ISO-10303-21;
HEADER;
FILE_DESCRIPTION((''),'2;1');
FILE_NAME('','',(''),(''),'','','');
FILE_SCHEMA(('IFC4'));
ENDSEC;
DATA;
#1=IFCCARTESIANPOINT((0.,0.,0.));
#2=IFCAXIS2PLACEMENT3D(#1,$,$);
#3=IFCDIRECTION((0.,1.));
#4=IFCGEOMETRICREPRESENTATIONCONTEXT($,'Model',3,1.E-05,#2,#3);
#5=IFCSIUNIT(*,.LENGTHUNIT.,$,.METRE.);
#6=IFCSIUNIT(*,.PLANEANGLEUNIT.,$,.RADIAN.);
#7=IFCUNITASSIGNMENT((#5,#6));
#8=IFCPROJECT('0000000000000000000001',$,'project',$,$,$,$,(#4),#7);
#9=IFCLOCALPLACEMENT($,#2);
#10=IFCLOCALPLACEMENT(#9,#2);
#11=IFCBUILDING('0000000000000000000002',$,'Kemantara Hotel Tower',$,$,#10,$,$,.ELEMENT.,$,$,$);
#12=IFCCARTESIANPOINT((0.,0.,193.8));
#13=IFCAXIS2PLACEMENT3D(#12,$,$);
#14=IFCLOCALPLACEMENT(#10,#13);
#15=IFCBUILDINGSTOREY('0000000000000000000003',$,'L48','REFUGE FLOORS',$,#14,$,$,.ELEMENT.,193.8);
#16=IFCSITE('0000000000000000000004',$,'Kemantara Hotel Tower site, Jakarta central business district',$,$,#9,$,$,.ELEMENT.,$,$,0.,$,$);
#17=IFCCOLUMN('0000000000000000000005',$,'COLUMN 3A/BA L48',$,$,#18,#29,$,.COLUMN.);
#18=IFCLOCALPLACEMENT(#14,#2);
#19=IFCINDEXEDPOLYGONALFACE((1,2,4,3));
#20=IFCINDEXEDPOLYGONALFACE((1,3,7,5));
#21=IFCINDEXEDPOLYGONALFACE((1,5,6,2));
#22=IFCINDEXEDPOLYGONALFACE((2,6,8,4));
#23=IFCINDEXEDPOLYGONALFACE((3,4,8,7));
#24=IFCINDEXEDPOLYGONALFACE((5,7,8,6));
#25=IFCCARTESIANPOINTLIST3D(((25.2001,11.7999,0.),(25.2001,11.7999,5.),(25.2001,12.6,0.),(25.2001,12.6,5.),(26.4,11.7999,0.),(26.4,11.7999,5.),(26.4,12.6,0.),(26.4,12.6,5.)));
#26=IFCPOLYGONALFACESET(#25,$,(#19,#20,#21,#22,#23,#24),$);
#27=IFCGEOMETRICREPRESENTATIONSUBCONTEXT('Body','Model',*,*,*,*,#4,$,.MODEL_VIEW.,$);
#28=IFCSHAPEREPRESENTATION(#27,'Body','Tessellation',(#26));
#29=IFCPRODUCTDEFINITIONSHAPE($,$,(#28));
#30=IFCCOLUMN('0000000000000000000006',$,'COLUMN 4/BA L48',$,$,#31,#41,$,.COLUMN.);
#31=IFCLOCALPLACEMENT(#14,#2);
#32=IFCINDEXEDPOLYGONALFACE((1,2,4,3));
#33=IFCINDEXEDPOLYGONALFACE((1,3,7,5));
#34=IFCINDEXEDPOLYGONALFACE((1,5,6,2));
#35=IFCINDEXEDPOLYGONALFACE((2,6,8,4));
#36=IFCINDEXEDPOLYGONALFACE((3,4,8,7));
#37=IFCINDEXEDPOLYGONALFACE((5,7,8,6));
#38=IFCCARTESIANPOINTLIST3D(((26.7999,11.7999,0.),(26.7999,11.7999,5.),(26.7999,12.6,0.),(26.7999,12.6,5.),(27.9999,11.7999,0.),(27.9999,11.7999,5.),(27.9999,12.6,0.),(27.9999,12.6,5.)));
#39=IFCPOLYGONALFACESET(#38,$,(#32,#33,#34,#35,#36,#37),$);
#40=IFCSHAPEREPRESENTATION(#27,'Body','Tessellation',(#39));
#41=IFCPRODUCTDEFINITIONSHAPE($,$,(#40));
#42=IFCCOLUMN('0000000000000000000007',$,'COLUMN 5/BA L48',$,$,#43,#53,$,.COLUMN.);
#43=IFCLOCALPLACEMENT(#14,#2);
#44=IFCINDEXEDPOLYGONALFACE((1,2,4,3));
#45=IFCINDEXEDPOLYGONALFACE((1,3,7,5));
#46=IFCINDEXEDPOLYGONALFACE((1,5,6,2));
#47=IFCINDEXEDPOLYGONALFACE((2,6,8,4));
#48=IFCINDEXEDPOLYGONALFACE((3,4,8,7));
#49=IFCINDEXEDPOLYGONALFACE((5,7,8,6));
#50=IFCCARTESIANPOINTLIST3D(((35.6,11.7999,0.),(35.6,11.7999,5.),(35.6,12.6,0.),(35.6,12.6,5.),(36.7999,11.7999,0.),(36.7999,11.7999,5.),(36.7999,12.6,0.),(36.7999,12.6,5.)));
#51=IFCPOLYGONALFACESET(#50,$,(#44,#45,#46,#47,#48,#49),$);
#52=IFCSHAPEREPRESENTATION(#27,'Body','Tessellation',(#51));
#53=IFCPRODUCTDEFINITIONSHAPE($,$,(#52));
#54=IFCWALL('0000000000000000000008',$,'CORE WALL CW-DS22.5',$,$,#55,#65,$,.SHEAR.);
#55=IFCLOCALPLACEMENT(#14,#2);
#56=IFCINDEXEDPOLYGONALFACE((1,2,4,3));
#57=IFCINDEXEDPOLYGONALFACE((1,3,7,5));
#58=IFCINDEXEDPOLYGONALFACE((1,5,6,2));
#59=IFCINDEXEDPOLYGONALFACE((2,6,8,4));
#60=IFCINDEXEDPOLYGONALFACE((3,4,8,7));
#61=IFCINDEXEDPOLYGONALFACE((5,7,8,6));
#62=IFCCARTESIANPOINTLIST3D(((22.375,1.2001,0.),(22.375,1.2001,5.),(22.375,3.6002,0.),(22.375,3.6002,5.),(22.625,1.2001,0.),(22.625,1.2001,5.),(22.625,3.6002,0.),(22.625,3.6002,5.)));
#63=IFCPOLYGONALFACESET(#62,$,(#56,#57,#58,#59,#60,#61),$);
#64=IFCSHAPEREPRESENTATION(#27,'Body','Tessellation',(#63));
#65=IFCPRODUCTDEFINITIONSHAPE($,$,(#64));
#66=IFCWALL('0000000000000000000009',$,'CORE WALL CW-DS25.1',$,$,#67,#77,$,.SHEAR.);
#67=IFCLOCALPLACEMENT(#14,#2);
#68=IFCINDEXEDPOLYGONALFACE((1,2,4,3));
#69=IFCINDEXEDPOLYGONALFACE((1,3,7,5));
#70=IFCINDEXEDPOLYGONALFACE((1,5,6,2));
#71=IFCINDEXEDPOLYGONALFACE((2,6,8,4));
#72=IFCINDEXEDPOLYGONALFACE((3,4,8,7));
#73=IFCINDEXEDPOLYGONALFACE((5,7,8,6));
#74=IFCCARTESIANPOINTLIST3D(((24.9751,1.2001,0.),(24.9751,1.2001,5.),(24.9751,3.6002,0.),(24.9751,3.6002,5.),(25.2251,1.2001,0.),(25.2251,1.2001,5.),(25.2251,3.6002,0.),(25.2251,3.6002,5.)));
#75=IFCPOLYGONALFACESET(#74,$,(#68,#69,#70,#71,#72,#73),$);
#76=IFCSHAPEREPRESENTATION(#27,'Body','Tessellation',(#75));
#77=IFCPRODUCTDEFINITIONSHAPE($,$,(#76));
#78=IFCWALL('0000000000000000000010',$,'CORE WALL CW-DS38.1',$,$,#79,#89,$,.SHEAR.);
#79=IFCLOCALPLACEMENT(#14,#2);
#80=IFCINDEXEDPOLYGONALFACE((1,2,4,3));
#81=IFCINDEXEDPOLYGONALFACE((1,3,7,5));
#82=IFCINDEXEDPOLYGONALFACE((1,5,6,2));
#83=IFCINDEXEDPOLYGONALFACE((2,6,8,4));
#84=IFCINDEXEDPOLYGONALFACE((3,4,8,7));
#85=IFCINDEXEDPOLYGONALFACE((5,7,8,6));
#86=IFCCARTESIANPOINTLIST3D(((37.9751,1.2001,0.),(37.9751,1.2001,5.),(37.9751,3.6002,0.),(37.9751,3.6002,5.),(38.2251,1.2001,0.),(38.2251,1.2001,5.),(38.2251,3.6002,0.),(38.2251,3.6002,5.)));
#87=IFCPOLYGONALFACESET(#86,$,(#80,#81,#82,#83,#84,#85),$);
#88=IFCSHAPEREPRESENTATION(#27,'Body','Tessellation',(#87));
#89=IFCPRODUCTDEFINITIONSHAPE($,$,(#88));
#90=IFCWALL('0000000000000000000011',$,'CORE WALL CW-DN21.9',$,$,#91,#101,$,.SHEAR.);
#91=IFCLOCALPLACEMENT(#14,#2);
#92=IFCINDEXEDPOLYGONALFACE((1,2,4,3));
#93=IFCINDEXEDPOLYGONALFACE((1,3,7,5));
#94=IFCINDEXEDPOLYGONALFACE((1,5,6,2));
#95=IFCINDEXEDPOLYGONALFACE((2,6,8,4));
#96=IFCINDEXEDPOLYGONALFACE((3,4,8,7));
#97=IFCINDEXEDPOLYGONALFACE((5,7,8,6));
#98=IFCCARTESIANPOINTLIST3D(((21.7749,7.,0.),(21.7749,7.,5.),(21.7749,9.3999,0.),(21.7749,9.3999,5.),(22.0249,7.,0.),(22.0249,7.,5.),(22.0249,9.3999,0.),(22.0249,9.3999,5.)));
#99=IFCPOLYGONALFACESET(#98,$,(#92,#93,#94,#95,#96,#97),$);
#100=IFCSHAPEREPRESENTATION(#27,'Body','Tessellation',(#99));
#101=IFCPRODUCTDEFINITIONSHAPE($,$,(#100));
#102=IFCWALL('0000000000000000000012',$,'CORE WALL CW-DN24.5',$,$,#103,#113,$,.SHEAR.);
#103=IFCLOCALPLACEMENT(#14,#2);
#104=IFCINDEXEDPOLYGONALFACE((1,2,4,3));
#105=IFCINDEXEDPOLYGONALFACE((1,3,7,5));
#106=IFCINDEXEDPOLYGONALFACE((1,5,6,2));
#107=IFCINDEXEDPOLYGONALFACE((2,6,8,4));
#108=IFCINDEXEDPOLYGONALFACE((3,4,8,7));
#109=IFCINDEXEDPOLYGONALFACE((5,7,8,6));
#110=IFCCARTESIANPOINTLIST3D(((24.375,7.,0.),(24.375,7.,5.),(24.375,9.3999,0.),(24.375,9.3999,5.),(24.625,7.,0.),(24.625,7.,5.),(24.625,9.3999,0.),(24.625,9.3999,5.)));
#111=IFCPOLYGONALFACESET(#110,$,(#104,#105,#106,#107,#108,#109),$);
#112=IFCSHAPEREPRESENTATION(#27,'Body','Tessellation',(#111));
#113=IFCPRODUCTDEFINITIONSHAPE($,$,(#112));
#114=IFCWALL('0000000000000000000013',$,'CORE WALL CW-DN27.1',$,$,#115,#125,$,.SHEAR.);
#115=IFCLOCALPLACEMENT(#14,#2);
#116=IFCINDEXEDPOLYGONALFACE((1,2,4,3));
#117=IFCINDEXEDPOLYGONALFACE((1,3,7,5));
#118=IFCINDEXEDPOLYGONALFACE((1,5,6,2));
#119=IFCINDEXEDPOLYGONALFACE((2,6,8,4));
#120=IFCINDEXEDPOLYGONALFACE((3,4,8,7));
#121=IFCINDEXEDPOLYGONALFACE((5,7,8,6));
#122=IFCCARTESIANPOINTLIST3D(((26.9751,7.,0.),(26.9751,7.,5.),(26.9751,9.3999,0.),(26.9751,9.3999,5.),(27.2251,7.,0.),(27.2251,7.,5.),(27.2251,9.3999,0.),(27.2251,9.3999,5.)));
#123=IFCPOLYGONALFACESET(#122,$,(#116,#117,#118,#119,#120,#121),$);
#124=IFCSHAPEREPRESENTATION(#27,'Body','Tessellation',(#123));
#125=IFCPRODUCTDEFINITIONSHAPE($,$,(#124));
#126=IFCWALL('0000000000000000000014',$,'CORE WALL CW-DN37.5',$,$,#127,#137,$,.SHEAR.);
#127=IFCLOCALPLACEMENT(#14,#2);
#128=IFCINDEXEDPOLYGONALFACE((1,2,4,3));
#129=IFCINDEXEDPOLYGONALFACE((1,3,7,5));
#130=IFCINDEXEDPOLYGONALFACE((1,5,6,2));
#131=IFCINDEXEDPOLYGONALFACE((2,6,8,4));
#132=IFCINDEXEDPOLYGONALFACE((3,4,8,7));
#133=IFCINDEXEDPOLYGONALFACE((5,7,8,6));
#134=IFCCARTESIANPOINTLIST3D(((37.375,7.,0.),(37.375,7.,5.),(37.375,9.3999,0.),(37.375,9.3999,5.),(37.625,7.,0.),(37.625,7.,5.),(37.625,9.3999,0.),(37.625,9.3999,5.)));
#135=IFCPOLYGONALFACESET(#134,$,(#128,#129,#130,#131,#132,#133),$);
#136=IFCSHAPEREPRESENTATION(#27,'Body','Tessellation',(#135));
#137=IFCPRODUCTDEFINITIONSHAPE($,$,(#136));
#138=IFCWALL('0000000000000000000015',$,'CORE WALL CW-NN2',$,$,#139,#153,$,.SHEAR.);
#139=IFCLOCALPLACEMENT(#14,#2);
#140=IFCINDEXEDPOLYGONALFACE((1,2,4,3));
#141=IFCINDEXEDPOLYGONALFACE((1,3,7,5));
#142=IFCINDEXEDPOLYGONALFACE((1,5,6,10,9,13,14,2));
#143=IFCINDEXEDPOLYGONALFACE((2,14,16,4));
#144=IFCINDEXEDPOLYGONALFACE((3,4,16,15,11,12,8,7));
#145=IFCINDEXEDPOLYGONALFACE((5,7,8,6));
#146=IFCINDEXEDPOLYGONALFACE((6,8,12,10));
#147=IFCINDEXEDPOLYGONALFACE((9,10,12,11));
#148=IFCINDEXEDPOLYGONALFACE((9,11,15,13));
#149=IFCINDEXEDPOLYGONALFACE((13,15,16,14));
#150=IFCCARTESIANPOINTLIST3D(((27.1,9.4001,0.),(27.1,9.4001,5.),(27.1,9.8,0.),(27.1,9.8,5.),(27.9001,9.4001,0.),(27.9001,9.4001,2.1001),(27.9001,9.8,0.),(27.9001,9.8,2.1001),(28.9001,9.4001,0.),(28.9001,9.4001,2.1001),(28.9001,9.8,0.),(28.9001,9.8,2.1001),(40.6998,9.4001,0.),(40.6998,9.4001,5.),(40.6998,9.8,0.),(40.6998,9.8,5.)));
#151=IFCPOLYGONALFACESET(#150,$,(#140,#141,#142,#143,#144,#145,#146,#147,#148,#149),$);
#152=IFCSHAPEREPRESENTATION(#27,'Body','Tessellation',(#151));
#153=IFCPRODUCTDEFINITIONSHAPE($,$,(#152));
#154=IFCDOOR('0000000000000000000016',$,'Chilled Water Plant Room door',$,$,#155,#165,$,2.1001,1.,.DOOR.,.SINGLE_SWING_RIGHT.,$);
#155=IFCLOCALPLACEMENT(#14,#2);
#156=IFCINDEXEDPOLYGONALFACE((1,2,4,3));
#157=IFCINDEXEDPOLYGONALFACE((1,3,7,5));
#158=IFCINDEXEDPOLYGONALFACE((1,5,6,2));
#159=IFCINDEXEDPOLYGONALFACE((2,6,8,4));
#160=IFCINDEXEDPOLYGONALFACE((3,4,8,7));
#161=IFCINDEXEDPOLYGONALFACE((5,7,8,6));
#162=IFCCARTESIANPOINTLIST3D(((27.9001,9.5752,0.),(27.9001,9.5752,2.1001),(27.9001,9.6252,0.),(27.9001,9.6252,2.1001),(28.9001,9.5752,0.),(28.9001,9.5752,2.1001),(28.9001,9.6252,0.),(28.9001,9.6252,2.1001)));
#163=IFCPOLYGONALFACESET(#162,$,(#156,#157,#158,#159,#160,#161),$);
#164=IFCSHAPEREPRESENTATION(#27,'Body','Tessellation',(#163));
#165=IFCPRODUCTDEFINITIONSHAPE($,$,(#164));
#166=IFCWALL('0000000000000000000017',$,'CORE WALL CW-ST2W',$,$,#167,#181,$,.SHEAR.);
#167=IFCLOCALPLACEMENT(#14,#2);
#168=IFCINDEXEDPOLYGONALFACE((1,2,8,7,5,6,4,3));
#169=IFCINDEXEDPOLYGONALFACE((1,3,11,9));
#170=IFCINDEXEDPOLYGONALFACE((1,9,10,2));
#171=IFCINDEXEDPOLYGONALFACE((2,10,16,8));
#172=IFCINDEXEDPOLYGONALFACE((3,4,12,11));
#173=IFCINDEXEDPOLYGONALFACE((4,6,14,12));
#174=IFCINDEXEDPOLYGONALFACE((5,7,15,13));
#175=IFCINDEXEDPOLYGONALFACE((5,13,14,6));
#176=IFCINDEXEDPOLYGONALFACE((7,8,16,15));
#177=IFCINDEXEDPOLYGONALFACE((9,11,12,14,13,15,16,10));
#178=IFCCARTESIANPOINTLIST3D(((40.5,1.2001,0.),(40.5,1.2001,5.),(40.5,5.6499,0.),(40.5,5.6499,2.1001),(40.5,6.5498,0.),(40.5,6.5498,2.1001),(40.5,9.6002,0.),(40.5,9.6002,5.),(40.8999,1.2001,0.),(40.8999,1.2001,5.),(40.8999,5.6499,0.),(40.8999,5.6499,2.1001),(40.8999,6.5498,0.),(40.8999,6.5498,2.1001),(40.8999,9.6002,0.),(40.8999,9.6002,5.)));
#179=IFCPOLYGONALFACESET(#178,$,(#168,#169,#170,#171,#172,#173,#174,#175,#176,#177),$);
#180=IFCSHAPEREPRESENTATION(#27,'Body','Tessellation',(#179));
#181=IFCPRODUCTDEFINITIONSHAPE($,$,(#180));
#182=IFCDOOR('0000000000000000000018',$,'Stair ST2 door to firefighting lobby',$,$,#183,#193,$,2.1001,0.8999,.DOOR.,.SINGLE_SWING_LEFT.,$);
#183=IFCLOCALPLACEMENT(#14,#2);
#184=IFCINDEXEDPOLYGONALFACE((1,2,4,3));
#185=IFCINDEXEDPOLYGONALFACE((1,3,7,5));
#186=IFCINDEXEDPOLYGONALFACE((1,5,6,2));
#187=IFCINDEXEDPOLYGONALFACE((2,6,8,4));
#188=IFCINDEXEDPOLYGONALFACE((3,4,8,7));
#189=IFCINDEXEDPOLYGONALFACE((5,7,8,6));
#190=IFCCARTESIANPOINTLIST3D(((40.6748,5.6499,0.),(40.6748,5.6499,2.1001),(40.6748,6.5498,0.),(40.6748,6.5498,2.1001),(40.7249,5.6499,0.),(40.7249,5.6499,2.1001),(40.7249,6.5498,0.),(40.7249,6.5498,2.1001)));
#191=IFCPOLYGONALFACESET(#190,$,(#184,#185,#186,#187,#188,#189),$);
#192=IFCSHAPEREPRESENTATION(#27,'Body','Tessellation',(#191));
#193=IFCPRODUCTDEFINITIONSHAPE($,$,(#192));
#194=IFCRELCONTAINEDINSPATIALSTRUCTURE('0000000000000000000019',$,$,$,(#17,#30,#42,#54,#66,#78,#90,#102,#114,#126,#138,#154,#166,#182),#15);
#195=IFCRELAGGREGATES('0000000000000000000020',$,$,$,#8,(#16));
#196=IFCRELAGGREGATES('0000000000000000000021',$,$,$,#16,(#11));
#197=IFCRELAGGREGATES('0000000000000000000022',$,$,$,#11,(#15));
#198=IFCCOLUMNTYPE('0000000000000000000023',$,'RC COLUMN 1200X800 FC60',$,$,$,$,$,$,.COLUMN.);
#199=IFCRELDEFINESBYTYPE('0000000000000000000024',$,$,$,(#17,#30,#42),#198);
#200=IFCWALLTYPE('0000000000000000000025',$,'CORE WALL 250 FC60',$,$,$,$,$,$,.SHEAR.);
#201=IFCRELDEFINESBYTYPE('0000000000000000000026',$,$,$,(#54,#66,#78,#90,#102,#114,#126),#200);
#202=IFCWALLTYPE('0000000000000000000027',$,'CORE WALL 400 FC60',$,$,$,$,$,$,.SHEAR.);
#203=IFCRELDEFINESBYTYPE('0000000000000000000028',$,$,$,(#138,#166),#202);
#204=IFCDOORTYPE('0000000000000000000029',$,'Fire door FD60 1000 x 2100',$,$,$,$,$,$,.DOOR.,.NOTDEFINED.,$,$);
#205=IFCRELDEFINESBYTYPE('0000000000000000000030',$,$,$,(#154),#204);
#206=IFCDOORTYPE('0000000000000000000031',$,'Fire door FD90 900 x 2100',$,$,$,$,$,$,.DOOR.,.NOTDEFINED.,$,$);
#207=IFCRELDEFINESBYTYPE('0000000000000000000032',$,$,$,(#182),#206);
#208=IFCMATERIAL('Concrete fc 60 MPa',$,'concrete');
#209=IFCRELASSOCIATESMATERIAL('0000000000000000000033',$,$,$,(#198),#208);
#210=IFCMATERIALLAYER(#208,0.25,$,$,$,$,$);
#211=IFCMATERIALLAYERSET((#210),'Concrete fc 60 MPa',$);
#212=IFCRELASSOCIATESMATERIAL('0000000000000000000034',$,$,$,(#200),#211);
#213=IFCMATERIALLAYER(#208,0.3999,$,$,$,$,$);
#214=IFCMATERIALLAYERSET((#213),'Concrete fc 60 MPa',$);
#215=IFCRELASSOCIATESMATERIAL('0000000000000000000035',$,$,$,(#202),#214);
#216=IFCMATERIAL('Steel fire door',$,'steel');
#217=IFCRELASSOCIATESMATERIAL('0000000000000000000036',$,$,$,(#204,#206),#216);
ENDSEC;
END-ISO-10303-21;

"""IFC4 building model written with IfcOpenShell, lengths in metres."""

from ifc_helpers import new_model, si_unit, direction, frame, frame_2d, origin, origin_2d, place, context, subcontext, project, spatial, rectangle, extrude, material, layer, layer_set, material_profile, profile_set, type_object, element, fill, save


model = new_model("IFC4")

# Units and contexts
model_context = context("Model", 3, precision=1e-05, world=origin(), true_north=direction((0.0, 1.0)))
body_context = subcontext(model_context, "Body", "Model", "MODEL_VIEW")
ifc_project = project(units=[si_unit("LENGTHUNIT", "METRE"), si_unit("PLANEANGLEUNIT", "RADIAN")], contexts=[model_context])

# Site, building, storey
site_placement = place(None, origin())
site = spatial("IfcSite", under=ifc_project, at=site_placement, Name="Kemantara Hotel Tower site, Jakarta central business district", CompositionType="ELEMENT", RefElevation=0.0)
building_placement = place(site_placement, origin())
building = spatial("IfcBuilding", under=site, at=building_placement, Name="Kemantara Hotel Tower", CompositionType="ELEMENT")
storey_placement = place(building_placement, frame((0.0, 0.0, 193.8)))
storey = spatial("IfcBuildingStorey", under=building, at=storey_placement, Name="L48", Description="REFUGE FLOORS", CompositionType="ELEMENT", Elevation=193.8)

# Columns
ifc_material_1 = material(Name="Concrete fc 60 MPa", Category="concrete")
ifc_material_profile = material_profile(ifc_material_1, rectangle(XDim=1.2, YDim=0.8, at=origin_2d()), Name="RC 1200X800")
ifc_profile_set = profile_set([ifc_material_profile], Name="Concrete fc 60 MPa")
column_type = type_object("IfcColumnType", Name="RC COLUMN 1200X800 FC60", PredefinedType="COLUMN", material=ifc_profile_set)
for number, where, z_axis, x_axis, name in (
    (1, (25.8, 12.2, 0.0), (0.0, 0.0, 1.0), (1.0, 0.0, 0.0), "COLUMN 3A/BA L48"),
    (2, (27.3999, 12.2, 0.0), (0.0, 0.0, 1.0), (1.0, 0.0, 0.0), "COLUMN 4/BA L48"),
    (3, (36.2, 12.2, 0.0), (0.0, 0.0, 1.0), (1.0, 0.0, 0.0), "COLUMN 5/BA L48"),
):
    element("IfcColumn", number, at=place(storey_placement, frame(where, z_axis=z_axis, x_axis=x_axis)), inside=storey, type_object=column_type, Name=name, PredefinedType="COLUMN", context=body_context, shape_type="SweptSolid", body=[
        extrude(rectangle(XDim=1.2, YDim=0.8, at=origin_2d()), origin(), (0.0, 0.0, 1.0), 5.0),
    ])

# Walls
ifc_layer_1 = layer(ifc_material_1, 0.25)
ifc_layer_set_1 = layer_set([ifc_layer_1], Name="Concrete fc 60 MPa")
wall_type_1 = type_object("IfcWallType", Name="CORE WALL 250 FC60", PredefinedType="SHEAR", material=ifc_layer_set_1)
for number, where, z_axis, x_axis, name in (
    (4, (22.5, 1.2, 0.0), (0.0, 0.0, 1.0), (0.0, 1.0, 0.0), "CORE WALL CW-DS22.5"),
    (5, (25.1001, 1.2, 0.0), (0.0, 0.0, 1.0), (0.0, 1.0, 0.0), "CORE WALL CW-DS25.1"),
    (6, (38.1001, 1.2, 0.0), (0.0, 0.0, 1.0), (0.0, 1.0, 0.0), "CORE WALL CW-DS38.1"),
):
    element("IfcWall", number, at=place(storey_placement, frame(where, z_axis=z_axis, x_axis=x_axis)), inside=storey, type_object=wall_type_1, Name=name, PredefinedType="SHEAR", context=body_context, shape_type="SweptSolid", body=[
        extrude(rectangle(XDim=2.4001, YDim=0.25, at=frame_2d((1.2002, 0.0))), origin(), (0.0, 0.0, 1.0), 5.0),
    ])
for number, where, z_axis, x_axis, name in (
    (7, (21.8999, 7.0, 0.0), (0.0, 0.0, 1.0), (0.0, 1.0, 0.0), "CORE WALL CW-DN21.9"),
    (8, (24.5, 7.0, 0.0), (0.0, 0.0, 1.0), (0.0, 1.0, 0.0), "CORE WALL CW-DN24.5"),
    (9, (27.1001, 7.0, 0.0), (0.0, 0.0, 1.0), (0.0, 1.0, 0.0), "CORE WALL CW-DN27.1"),
    (10, (37.5, 7.0, 0.0), (0.0, 0.0, 1.0), (0.0, 1.0, 0.0), "CORE WALL CW-DN37.5"),
):
    element("IfcWall", number, at=place(storey_placement, frame(where, z_axis=z_axis, x_axis=x_axis)), inside=storey, type_object=wall_type_1, Name=name, PredefinedType="SHEAR", context=body_context, shape_type="SweptSolid", body=[
        extrude(rectangle(XDim=2.3999, YDim=0.25, at=frame_2d((1.2, 0.0))), origin(), (0.0, 0.0, 1.0), 5.0),
    ])

# Walls, openings, doors
ifc_layer_2 = layer(ifc_material_1, 0.3999)
ifc_layer_set_2 = layer_set([ifc_layer_2], Name="Concrete fc 60 MPa")
wall_type_2 = type_object("IfcWallType", Name="CORE WALL 400 FC60", PredefinedType="SHEAR", material=ifc_layer_set_2)
wall_1_placement = place(storey_placement, frame((27.1001, 9.6001, 0.0), z_axis=(0.0, 0.0, 1.0), x_axis=(1.0, 0.0, 0.0)))
wall_1 = element("IfcWall", 11, at=wall_1_placement, inside=storey, type_object=wall_type_2, Name="CORE WALL CW-NN2", PredefinedType="SHEAR", context=body_context, shape_type="SweptSolid", body=[
    extrude(rectangle(XDim=13.5999, YDim=0.3999, at=frame_2d((6.7998, 0.0))), origin(), (0.0, 0.0, 1.0), 5.0),
])
opening_1_placement = place(wall_1_placement, frame((0.8, 0.0, 0.0)))
opening_1 = element("IfcOpeningElement", 12, at=opening_1_placement, cuts=wall_1, PredefinedType="OPENING", context=body_context, shape_type="SweptSolid", body=[
    extrude(rectangle(XDim=1.0, YDim=2.1001, at=frame_2d((0.5, 1.05))), frame((0.0, 0.21, 0.0), z_axis=(0.0, -1.0, 0.0), x_axis=(1.0, 0.0, 0.0)), (0.0, 0.0, 1.0), 0.4199),
])
ifc_material_2 = material(Name="Steel fire door", Category="steel")
door_type_1 = type_object("IfcDoorType", Name="Fire door FD60 1000 x 2100", OperationType="NOTDEFINED", PredefinedType="DOOR", material=ifc_material_2)
door_1_placement = place(opening_1_placement, frame((1.0, 0.0, 0.0), z_axis=(0.0, 0.0, 1.0), x_axis=(-1.0, 0.0, 0.0)))
door_1 = element("IfcDoor", 13, at=door_1_placement, inside=storey, type_object=door_type_1, Name="Chilled Water Plant Room door", OperationType="SINGLE_SWING_RIGHT", OverallHeight=2.1001, OverallWidth=1.0, PredefinedType="DOOR", context=body_context, shape_type="SweptSolid", body=[
    extrude(rectangle(XDim=1.0, YDim=2.1001, at=frame_2d((0.5, 1.05))), frame((0.0, 0.0249, 0.0), z_axis=(0.0, -1.0, 0.0), x_axis=(1.0, 0.0, 0.0)), (0.0, 0.0, 1.0), 0.05),
])
fill(opening_1, door_1)
wall_2_placement = place(storey_placement, frame((40.7, 1.2, 0.0), z_axis=(0.0, 0.0, 1.0), x_axis=(0.0, 1.0, 0.0)))
wall_2 = element("IfcWall", 14, at=wall_2_placement, inside=storey, type_object=wall_type_2, Name="CORE WALL CW-ST2W", PredefinedType="SHEAR", context=body_context, shape_type="SweptSolid", body=[
    extrude(rectangle(XDim=8.4001, YDim=0.3999, at=frame_2d((4.2002, 0.0))), origin(), (0.0, 0.0, 1.0), 5.0),
])
opening_2_placement = place(wall_2_placement, frame((4.45, 0.0, 0.0)))
opening_2 = element("IfcOpeningElement", 15, at=opening_2_placement, cuts=wall_2, PredefinedType="OPENING", context=body_context, shape_type="SweptSolid", body=[
    extrude(rectangle(XDim=0.8999, YDim=2.1001, at=frame_2d((0.45, 1.05))), frame((0.0, 0.21, 0.0), z_axis=(0.0, -1.0, 0.0), x_axis=(1.0, 0.0, 0.0)), (0.0, 0.0, 1.0), 0.4199),
])
door_type_2 = type_object("IfcDoorType", Name="Fire door FD90 900 x 2100", OperationType="NOTDEFINED", PredefinedType="DOOR", material=ifc_material_2)
door_2_placement = place(opening_2_placement, frame((0.8999, 0.0, 0.0), z_axis=(0.0, 0.0, 1.0), x_axis=(-1.0, 0.0, 0.0)))
door_2 = element("IfcDoor", 16, at=door_2_placement, inside=storey, type_object=door_type_2, Name="Stair ST2 door to firefighting lobby", OperationType="SINGLE_SWING_LEFT", OverallHeight=2.1001, OverallWidth=0.8999, PredefinedType="DOOR", context=body_context, shape_type="SweptSolid", body=[
    extrude(rectangle(XDim=0.8999, YDim=2.1001, at=frame_2d((0.45, 1.05))), frame((0.0, 0.0249, 0.0), z_axis=(0.0, -1.0, 0.0), x_axis=(1.0, 0.0, 0.0)), (0.0, 0.0, 1.0), 0.05),
])
fill(opening_2, door_2)

save(model, "model.ifc")
